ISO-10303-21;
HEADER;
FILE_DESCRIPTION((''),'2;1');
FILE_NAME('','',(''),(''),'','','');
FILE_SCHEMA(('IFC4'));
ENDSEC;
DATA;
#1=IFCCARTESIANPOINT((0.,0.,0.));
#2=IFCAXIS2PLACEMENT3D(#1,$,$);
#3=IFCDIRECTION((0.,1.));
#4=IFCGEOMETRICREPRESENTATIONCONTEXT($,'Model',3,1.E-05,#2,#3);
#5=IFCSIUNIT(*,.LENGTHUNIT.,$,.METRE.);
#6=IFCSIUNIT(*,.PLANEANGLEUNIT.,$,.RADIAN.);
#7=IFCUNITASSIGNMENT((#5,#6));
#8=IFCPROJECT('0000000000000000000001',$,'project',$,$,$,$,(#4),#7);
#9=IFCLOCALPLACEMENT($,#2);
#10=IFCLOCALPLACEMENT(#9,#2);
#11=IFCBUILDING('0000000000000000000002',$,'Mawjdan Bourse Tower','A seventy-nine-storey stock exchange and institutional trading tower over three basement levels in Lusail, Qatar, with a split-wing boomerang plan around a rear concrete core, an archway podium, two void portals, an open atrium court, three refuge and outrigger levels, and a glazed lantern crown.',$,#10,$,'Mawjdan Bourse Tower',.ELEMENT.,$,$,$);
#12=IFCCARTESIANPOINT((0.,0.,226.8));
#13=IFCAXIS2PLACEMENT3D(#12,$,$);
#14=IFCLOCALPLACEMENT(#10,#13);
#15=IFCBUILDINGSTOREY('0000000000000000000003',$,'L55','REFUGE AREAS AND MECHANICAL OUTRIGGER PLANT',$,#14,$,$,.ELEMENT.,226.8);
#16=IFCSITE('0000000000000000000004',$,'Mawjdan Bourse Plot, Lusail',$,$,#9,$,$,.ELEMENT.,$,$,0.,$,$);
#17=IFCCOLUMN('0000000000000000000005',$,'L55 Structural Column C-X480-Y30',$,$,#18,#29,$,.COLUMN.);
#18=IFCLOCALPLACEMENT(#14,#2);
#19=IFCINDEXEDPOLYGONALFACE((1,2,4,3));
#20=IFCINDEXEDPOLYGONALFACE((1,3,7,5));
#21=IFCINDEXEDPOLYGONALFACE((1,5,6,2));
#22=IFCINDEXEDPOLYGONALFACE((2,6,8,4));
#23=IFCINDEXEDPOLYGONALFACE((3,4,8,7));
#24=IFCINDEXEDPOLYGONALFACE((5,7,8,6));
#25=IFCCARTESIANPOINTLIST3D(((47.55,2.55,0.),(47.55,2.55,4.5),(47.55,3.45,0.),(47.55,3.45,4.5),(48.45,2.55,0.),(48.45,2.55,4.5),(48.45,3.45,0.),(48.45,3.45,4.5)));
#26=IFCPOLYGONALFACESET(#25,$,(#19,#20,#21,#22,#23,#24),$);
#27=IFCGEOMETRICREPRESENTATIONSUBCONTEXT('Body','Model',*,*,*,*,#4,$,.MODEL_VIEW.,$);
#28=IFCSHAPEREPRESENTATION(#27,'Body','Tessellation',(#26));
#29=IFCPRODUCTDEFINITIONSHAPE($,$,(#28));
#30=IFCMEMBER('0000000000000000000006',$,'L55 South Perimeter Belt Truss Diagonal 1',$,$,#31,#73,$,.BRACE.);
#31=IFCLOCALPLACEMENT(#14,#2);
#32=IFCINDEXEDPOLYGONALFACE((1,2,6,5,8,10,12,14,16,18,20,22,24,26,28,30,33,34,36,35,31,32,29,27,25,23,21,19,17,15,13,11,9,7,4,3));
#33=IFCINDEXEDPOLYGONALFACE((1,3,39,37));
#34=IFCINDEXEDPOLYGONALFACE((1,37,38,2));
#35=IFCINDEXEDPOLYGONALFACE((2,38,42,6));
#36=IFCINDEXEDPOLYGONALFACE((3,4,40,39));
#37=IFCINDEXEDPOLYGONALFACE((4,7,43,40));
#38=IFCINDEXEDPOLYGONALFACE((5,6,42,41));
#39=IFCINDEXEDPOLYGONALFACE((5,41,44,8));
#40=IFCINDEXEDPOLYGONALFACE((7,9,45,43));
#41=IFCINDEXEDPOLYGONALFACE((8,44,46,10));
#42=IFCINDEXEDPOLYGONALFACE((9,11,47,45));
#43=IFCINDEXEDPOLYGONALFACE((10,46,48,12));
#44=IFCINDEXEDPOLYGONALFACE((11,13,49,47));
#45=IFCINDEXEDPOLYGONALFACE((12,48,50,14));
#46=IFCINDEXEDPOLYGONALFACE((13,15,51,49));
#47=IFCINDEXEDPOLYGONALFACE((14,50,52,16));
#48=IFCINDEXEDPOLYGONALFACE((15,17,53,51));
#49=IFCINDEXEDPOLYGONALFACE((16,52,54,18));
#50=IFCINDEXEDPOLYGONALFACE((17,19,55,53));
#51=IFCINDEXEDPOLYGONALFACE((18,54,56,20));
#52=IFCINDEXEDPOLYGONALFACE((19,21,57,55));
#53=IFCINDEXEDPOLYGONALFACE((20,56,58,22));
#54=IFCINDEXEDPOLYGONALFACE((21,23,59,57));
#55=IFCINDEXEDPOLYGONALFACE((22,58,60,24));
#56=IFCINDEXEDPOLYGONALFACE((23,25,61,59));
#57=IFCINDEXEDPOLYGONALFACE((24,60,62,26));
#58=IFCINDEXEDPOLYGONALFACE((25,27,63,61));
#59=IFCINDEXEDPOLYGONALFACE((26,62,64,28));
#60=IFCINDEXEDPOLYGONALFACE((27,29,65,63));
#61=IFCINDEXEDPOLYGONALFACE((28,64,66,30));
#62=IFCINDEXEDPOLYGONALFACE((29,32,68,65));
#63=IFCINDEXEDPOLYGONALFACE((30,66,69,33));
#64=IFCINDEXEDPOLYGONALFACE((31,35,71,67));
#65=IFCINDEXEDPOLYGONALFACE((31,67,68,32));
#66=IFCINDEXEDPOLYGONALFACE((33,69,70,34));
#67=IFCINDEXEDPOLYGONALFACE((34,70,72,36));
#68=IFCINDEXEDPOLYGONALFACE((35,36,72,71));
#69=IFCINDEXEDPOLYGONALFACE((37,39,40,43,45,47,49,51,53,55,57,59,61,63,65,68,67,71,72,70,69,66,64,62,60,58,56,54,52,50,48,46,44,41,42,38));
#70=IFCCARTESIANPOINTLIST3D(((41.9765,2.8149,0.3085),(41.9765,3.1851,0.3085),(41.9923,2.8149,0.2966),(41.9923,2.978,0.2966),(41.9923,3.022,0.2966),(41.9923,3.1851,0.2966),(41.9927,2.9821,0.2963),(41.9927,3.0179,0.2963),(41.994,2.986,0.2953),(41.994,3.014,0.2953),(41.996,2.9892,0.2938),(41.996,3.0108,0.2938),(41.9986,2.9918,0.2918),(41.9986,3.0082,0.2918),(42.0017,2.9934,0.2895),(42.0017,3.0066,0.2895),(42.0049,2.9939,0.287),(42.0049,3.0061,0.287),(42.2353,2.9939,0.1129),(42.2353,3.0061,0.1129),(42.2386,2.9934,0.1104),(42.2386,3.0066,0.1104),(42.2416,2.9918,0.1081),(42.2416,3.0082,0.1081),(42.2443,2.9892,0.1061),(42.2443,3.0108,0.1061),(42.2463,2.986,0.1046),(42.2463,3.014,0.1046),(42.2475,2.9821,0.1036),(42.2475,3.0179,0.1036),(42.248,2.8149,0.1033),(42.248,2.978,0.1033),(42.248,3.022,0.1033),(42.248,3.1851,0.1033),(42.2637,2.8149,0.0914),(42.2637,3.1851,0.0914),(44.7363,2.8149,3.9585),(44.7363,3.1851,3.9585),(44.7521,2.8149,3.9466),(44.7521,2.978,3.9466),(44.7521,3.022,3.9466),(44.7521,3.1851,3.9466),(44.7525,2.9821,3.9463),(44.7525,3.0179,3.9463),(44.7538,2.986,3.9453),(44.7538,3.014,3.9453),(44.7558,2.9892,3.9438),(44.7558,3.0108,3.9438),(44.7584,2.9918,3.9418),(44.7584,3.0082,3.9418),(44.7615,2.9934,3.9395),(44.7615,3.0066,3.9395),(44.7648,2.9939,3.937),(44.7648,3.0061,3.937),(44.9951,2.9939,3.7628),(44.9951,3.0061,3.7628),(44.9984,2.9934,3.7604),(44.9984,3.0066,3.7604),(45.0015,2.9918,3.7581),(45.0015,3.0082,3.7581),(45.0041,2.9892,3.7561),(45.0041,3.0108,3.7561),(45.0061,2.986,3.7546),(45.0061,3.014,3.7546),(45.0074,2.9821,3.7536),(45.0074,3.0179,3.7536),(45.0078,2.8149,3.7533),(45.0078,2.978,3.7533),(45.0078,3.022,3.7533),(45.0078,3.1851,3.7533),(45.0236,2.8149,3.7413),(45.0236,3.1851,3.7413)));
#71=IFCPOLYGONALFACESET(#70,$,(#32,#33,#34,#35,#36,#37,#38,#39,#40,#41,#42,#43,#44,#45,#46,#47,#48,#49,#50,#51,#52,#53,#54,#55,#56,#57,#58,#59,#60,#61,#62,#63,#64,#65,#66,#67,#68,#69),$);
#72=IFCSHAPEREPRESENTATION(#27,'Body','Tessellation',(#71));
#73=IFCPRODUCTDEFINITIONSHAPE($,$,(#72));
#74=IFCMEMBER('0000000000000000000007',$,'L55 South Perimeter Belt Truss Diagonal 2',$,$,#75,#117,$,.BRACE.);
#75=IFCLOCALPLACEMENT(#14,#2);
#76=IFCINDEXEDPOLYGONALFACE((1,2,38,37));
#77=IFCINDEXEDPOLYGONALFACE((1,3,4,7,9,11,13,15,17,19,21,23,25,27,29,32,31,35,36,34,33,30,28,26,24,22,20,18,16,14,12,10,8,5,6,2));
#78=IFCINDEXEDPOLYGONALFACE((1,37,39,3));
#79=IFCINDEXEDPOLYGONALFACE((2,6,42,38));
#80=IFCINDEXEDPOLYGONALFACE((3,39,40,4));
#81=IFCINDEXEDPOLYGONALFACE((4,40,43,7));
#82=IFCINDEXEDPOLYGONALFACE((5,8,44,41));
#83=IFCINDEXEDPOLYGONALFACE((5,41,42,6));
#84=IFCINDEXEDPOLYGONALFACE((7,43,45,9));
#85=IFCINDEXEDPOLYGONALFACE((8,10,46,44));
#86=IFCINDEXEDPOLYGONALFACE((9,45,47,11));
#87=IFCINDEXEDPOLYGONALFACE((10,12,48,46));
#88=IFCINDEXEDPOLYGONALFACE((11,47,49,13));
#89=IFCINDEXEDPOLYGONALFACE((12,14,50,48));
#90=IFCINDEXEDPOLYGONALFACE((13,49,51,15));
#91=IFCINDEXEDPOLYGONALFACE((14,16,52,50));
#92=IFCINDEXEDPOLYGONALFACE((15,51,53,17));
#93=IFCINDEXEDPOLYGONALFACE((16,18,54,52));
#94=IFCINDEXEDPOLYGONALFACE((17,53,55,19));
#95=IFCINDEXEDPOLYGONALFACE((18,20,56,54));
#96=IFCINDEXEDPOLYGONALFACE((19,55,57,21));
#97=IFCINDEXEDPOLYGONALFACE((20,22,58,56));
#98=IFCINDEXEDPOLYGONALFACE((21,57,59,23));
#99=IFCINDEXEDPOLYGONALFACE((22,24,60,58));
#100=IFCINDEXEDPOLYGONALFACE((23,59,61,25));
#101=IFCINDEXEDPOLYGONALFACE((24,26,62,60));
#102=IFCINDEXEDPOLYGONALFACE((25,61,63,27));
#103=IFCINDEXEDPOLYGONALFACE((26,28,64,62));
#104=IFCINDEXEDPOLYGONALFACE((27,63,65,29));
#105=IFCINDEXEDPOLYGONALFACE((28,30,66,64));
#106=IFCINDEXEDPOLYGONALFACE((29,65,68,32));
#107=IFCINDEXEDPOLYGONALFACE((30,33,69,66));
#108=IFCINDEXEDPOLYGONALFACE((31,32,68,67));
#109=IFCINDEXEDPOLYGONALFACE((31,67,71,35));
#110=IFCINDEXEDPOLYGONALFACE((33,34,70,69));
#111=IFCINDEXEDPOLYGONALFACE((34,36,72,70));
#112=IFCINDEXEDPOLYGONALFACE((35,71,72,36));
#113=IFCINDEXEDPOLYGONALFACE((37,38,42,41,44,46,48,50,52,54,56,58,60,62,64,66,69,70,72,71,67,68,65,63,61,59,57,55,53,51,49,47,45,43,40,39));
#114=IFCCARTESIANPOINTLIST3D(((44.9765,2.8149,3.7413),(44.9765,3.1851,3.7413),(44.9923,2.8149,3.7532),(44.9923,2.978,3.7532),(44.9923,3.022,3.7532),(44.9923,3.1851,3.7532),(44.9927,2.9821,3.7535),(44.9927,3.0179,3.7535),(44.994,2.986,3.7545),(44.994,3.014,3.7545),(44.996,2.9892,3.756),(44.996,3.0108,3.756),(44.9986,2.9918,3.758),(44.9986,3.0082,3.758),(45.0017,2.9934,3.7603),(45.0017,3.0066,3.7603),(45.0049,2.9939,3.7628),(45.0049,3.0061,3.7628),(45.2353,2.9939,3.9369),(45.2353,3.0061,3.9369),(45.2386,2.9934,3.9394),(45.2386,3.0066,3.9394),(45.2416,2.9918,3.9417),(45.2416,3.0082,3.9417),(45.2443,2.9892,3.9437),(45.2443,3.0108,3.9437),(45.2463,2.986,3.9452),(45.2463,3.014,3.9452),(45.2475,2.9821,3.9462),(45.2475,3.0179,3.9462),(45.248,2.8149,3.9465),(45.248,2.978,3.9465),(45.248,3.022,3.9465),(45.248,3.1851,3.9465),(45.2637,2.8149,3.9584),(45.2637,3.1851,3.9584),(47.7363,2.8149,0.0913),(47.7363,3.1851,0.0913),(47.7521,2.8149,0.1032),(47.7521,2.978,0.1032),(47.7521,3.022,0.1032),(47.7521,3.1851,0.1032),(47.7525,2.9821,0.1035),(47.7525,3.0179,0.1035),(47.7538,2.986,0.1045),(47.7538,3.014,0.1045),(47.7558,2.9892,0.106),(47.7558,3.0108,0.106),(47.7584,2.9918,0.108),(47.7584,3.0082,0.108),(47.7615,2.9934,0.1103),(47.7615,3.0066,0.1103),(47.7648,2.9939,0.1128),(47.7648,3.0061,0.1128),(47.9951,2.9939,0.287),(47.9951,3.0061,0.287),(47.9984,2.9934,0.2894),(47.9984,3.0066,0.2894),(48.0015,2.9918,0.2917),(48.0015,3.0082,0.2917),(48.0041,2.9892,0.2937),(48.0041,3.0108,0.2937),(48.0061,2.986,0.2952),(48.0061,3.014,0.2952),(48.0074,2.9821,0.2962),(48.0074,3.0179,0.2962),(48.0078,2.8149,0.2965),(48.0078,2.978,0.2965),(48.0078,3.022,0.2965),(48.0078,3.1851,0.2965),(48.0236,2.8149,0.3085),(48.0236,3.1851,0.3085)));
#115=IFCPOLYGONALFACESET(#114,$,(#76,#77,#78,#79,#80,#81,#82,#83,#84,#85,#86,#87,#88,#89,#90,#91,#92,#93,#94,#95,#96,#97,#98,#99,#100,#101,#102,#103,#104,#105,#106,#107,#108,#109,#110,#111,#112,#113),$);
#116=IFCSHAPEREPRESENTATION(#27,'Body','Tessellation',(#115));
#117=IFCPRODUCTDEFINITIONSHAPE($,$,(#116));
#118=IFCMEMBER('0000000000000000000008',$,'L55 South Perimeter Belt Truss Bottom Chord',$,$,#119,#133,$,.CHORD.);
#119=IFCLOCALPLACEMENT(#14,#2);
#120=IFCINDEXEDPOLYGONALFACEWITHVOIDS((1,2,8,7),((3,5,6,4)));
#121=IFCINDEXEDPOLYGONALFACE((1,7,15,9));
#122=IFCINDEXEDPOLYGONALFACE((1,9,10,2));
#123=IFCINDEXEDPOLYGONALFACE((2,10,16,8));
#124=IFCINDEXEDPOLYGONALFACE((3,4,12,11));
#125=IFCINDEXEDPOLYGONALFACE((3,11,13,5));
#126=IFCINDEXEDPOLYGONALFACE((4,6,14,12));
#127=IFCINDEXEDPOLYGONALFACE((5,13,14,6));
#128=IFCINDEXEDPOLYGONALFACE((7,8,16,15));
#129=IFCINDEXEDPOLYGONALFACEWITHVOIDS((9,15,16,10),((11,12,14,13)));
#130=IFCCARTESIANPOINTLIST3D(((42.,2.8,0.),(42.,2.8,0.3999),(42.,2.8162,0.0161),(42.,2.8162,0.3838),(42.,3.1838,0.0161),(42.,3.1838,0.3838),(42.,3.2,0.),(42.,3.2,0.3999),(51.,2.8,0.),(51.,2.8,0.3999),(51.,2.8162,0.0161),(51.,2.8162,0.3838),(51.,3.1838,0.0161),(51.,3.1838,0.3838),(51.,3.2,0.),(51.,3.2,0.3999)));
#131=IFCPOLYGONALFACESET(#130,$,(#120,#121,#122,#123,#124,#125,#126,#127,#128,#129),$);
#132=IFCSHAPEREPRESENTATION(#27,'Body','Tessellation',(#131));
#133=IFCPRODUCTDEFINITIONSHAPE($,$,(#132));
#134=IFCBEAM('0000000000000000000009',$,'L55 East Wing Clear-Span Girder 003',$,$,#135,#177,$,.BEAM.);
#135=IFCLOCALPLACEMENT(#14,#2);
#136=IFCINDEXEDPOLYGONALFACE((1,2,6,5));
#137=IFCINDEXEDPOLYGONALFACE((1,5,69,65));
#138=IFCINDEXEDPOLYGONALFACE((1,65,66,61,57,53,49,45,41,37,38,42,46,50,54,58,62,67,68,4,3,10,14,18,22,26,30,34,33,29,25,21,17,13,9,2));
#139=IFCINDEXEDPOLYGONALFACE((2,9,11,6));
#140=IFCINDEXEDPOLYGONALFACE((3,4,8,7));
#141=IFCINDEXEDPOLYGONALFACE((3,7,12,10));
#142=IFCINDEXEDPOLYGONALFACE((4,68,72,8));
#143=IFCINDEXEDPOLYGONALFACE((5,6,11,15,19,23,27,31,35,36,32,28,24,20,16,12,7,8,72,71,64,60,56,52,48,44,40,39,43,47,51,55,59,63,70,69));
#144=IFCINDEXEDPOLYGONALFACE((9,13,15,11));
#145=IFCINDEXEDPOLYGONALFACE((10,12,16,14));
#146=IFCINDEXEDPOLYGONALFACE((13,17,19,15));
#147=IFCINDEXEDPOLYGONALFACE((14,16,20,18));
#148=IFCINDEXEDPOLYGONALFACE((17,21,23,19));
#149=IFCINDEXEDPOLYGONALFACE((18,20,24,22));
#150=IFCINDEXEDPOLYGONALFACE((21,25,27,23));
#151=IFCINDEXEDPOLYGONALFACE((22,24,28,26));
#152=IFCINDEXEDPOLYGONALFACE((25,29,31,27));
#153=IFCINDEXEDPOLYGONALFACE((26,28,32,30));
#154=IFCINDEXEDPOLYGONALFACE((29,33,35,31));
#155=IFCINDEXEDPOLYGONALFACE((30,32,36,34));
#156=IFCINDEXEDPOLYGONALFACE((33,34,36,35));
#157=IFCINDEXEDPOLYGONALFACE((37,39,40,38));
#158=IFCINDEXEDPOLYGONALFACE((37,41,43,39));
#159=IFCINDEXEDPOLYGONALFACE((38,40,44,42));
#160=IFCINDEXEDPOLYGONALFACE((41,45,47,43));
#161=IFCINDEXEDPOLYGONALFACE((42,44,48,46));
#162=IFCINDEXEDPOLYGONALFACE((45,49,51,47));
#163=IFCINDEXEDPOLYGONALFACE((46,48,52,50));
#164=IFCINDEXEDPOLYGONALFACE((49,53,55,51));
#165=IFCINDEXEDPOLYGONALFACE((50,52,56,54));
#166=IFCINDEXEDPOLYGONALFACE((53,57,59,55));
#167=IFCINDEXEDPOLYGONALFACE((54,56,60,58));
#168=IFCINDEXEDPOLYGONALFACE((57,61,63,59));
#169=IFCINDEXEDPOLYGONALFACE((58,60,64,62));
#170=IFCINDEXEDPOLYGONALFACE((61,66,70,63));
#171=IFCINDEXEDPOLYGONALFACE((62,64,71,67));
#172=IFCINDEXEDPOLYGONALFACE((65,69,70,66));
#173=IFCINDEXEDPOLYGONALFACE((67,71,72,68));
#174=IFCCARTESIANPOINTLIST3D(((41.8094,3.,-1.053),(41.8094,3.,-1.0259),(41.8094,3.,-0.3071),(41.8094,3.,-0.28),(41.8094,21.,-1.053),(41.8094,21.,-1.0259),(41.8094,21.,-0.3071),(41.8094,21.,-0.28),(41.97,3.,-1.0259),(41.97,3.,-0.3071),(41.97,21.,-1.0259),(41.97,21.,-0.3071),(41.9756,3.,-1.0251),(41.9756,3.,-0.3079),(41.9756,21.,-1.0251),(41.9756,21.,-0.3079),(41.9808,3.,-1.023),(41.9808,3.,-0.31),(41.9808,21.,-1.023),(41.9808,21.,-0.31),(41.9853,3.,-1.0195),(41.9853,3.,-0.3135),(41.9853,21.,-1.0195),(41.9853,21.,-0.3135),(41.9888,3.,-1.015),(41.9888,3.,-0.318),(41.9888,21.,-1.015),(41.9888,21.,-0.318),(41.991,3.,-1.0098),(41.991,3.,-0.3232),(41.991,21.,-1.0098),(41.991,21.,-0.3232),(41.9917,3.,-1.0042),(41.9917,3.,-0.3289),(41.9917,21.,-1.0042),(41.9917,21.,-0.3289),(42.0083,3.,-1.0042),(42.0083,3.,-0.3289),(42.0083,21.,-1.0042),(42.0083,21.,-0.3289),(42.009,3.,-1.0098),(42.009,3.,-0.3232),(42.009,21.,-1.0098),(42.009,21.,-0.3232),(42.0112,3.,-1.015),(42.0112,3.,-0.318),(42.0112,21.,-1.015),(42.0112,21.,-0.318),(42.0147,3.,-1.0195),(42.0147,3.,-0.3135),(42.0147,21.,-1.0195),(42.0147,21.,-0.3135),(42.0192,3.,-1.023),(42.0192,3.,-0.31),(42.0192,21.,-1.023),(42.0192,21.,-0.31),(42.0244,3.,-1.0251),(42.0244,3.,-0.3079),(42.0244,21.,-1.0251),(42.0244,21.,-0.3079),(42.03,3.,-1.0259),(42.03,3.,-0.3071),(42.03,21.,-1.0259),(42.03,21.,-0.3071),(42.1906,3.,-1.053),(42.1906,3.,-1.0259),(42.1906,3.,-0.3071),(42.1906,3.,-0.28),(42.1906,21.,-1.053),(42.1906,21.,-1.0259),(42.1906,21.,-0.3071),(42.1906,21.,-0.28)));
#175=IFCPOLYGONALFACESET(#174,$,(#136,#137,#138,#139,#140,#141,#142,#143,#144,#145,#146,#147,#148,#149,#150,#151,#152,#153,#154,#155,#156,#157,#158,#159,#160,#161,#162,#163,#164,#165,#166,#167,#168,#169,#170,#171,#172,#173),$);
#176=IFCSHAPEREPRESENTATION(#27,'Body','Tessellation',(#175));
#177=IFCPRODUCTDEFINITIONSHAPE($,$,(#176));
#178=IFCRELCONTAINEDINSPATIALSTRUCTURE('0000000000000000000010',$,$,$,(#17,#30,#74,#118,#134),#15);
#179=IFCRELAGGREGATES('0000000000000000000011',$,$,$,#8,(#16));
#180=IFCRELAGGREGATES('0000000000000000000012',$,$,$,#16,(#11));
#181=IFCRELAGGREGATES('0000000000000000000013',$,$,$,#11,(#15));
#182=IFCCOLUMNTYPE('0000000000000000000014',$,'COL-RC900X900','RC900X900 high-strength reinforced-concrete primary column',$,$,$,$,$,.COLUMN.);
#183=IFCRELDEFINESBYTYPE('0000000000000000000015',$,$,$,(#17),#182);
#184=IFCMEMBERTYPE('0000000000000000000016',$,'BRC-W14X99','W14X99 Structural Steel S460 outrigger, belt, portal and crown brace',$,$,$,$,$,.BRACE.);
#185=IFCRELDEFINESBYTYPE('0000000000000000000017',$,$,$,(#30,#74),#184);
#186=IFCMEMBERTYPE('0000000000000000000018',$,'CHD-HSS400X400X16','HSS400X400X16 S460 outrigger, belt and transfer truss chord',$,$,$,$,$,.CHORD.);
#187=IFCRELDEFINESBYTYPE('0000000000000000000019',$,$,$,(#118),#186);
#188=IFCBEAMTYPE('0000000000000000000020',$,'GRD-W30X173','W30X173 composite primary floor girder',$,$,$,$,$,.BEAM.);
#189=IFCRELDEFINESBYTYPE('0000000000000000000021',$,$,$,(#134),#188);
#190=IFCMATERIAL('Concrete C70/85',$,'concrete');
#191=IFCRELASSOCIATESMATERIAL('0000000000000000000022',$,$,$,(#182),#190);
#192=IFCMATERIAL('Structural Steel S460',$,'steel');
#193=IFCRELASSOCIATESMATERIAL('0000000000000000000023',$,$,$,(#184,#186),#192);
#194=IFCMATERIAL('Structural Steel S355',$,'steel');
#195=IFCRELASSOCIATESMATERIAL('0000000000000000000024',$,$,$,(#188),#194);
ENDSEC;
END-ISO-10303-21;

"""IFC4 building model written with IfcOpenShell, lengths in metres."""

from ifc_helpers import new_model, si_unit, direction, frame, origin, origin_2d, place, context, subcontext, project, spatial, rectangle, hollow_rectangle, i_section, extrude, material, material_profile, profile_set, type_object, element, save


model = new_model("IFC4")

# Units and contexts
model_context = context("Model", 3, precision=1e-05, world=origin(), true_north=direction((0.0, 1.0)))
body_context = subcontext(model_context, "Body", "Model", "MODEL_VIEW")
ifc_project = project(units=[si_unit("LENGTHUNIT", "METRE"), si_unit("PLANEANGLEUNIT", "RADIAN")], contexts=[model_context])

# Site, building, storey
site_placement = place(None, origin())
site = spatial("IfcSite", under=ifc_project, at=site_placement, Name="Mawjdan Bourse Plot, Lusail", CompositionType="ELEMENT", RefElevation=0.0)
building_placement = place(site_placement, origin())
building = spatial("IfcBuilding", under=site, at=building_placement, Name="Mawjdan Bourse Tower", Description="A seventy-nine-storey stock exchange and institutional trading tower over three basement levels in Lusail, Qatar, with a split-wing boomerang plan around a rear concrete core, an archway podium, two void portals, an open atrium court, three refuge and outrigger levels, and a glazed lantern crown.", LongName="Mawjdan Bourse Tower", CompositionType="ELEMENT")
storey_placement = place(building_placement, frame((0.0, 0.0, 226.8)))
storey = spatial("IfcBuildingStorey", under=building, at=storey_placement, Name="L55", Description="REFUGE AREAS AND MECHANICAL OUTRIGGER PLANT", CompositionType="ELEMENT", Elevation=226.8)

# Column
ifc_material_1 = material(Name="Concrete C70/85", Category="concrete")
ifc_material_profile_1 = material_profile(ifc_material_1, rectangle(XDim=0.8999, YDim=0.8999, at=origin_2d()), Name="RC900X900")
ifc_profile_set_1 = profile_set([ifc_material_profile_1], Name="Concrete C70/85")
column_type = type_object("IfcColumnType", Name="COL-RC900X900", Description="RC900X900 high-strength reinforced-concrete primary column", PredefinedType="COLUMN", material=ifc_profile_set_1)
column_placement = place(storey_placement, frame((48.0, 3.0, 0.0), z_axis=(0.0, 0.0, 1.0), x_axis=(1.0, 0.0, 0.0)))
element("IfcColumn", 1, at=column_placement, inside=storey, type_object=column_type, Name="L55 Structural Column C-X480-Y30", PredefinedType="COLUMN", context=body_context, shape_type="SweptSolid", body=[
    extrude(rectangle(XDim=0.8999, YDim=0.8999, at=origin_2d()), origin(), (0.0, 0.0, 1.0), 4.5),
])

# Members
ifc_material_2 = material(Name="Structural Steel S460", Category="steel")
ifc_material_profile_2 = material_profile(ifc_material_2, i_section(OverallWidth=0.3701, OverallDepth=0.3601, WebThickness=0.0122, FlangeThickness=0.0198, FilletRadius=0.0159, at=origin_2d()), Name="W14X99")
ifc_profile_set_2 = profile_set([ifc_material_profile_2], Name="Structural Steel S460")
member_type_1 = type_object("IfcMemberType", Name="BRC-W14X99", Description="W14X99 Structural Steel S460 outrigger, belt, portal and crown brace", PredefinedType="BRACE", material=ifc_profile_set_2)
for number, where, z_axis, x_axis, name in (
    (2, (42.1201, 3.0, 0.2), (0.60312, 0.0, 0.797651), (0.0, 1.0, 0.0), "L55 South Perimeter Belt Truss Diagonal 1"),
    (3, (45.1201, 3.0, 3.8499), (0.60312, 0.0, -0.797651), (0.0, 1.0, 0.0), "L55 South Perimeter Belt Truss Diagonal 2"),
):
    element("IfcMember", number, at=place(storey_placement, frame(where, z_axis=z_axis, x_axis=x_axis)), inside=storey, type_object=member_type_1, Name=name, PredefinedType="BRACE", context=body_context, shape_type="SweptSolid", body=[
        extrude(i_section(OverallWidth=0.3701, OverallDepth=0.3601, WebThickness=0.0122, FlangeThickness=0.0198, FilletRadius=0.0159, at=origin_2d()), origin(), (0.0, 0.0, 1.0), 4.5759),
    ])
ifc_material_profile_3 = material_profile(ifc_material_2, hollow_rectangle(XDim=0.3999, YDim=0.3999, WallThickness=0.0161, at=origin_2d()), Name="HSS400X400X16")
ifc_profile_set_3 = profile_set([ifc_material_profile_3], Name="Structural Steel S460")
member_type_2 = type_object("IfcMemberType", Name="CHD-HSS400X400X16", Description="HSS400X400X16 S460 outrigger, belt and transfer truss chord", PredefinedType="CHORD", material=ifc_profile_set_3)
member_1_placement = place(storey_placement, frame((42.0, 3.0, 0.2), z_axis=(1.0, 0.0, 0.0), x_axis=(0.0, 1.0, 0.0)))
element("IfcMember", 4, at=member_1_placement, inside=storey, type_object=member_type_2, Name="L55 South Perimeter Belt Truss Bottom Chord", PredefinedType="CHORD", context=body_context, shape_type="SweptSolid", body=[
    extrude(hollow_rectangle(XDim=0.3999, YDim=0.3999, WallThickness=0.0161, at=origin_2d()), origin(), (0.0, 0.0, 1.0), 9.0),
])

# Beam
ifc_material_3 = material(Name="Structural Steel S355", Category="steel")
ifc_material_profile_4 = material_profile(ifc_material_3, i_section(OverallWidth=0.3811, OverallDepth=0.7729, WebThickness=0.0166, FlangeThickness=0.0271, FilletRadius=0.0217, at=origin_2d()), Name="W30X173")
ifc_profile_set_4 = profile_set([ifc_material_profile_4], Name="Structural Steel S355")
beam_type_1 = type_object("IfcBeamType", Name="GRD-W30X173", Description="W30X173 composite primary floor girder", PredefinedType="BEAM", material=ifc_profile_set_4)
for number, where, z_axis, x_axis, name in (
    (5, (42.0, 3.0, -0.6665), (0.0, 1.0, 0.0), (-1.0, 0.0, 0.0), "L55 East Wing Clear-Span Girder 003"),
):
    element("IfcBeam", number, at=place(storey_placement, frame(where, z_axis=z_axis, x_axis=x_axis)), inside=storey, type_object=beam_type_1, Name=name, PredefinedType="BEAM", context=body_context, shape_type="SweptSolid", body=[
        extrude(i_section(OverallWidth=0.3811, OverallDepth=0.7729, WebThickness=0.0166, FlangeThickness=0.0271, FilletRadius=0.0217, at=origin_2d()), origin(), (0.0, 0.0, 1.0), 18.0),
    ])

save(model, "model.ifc")
